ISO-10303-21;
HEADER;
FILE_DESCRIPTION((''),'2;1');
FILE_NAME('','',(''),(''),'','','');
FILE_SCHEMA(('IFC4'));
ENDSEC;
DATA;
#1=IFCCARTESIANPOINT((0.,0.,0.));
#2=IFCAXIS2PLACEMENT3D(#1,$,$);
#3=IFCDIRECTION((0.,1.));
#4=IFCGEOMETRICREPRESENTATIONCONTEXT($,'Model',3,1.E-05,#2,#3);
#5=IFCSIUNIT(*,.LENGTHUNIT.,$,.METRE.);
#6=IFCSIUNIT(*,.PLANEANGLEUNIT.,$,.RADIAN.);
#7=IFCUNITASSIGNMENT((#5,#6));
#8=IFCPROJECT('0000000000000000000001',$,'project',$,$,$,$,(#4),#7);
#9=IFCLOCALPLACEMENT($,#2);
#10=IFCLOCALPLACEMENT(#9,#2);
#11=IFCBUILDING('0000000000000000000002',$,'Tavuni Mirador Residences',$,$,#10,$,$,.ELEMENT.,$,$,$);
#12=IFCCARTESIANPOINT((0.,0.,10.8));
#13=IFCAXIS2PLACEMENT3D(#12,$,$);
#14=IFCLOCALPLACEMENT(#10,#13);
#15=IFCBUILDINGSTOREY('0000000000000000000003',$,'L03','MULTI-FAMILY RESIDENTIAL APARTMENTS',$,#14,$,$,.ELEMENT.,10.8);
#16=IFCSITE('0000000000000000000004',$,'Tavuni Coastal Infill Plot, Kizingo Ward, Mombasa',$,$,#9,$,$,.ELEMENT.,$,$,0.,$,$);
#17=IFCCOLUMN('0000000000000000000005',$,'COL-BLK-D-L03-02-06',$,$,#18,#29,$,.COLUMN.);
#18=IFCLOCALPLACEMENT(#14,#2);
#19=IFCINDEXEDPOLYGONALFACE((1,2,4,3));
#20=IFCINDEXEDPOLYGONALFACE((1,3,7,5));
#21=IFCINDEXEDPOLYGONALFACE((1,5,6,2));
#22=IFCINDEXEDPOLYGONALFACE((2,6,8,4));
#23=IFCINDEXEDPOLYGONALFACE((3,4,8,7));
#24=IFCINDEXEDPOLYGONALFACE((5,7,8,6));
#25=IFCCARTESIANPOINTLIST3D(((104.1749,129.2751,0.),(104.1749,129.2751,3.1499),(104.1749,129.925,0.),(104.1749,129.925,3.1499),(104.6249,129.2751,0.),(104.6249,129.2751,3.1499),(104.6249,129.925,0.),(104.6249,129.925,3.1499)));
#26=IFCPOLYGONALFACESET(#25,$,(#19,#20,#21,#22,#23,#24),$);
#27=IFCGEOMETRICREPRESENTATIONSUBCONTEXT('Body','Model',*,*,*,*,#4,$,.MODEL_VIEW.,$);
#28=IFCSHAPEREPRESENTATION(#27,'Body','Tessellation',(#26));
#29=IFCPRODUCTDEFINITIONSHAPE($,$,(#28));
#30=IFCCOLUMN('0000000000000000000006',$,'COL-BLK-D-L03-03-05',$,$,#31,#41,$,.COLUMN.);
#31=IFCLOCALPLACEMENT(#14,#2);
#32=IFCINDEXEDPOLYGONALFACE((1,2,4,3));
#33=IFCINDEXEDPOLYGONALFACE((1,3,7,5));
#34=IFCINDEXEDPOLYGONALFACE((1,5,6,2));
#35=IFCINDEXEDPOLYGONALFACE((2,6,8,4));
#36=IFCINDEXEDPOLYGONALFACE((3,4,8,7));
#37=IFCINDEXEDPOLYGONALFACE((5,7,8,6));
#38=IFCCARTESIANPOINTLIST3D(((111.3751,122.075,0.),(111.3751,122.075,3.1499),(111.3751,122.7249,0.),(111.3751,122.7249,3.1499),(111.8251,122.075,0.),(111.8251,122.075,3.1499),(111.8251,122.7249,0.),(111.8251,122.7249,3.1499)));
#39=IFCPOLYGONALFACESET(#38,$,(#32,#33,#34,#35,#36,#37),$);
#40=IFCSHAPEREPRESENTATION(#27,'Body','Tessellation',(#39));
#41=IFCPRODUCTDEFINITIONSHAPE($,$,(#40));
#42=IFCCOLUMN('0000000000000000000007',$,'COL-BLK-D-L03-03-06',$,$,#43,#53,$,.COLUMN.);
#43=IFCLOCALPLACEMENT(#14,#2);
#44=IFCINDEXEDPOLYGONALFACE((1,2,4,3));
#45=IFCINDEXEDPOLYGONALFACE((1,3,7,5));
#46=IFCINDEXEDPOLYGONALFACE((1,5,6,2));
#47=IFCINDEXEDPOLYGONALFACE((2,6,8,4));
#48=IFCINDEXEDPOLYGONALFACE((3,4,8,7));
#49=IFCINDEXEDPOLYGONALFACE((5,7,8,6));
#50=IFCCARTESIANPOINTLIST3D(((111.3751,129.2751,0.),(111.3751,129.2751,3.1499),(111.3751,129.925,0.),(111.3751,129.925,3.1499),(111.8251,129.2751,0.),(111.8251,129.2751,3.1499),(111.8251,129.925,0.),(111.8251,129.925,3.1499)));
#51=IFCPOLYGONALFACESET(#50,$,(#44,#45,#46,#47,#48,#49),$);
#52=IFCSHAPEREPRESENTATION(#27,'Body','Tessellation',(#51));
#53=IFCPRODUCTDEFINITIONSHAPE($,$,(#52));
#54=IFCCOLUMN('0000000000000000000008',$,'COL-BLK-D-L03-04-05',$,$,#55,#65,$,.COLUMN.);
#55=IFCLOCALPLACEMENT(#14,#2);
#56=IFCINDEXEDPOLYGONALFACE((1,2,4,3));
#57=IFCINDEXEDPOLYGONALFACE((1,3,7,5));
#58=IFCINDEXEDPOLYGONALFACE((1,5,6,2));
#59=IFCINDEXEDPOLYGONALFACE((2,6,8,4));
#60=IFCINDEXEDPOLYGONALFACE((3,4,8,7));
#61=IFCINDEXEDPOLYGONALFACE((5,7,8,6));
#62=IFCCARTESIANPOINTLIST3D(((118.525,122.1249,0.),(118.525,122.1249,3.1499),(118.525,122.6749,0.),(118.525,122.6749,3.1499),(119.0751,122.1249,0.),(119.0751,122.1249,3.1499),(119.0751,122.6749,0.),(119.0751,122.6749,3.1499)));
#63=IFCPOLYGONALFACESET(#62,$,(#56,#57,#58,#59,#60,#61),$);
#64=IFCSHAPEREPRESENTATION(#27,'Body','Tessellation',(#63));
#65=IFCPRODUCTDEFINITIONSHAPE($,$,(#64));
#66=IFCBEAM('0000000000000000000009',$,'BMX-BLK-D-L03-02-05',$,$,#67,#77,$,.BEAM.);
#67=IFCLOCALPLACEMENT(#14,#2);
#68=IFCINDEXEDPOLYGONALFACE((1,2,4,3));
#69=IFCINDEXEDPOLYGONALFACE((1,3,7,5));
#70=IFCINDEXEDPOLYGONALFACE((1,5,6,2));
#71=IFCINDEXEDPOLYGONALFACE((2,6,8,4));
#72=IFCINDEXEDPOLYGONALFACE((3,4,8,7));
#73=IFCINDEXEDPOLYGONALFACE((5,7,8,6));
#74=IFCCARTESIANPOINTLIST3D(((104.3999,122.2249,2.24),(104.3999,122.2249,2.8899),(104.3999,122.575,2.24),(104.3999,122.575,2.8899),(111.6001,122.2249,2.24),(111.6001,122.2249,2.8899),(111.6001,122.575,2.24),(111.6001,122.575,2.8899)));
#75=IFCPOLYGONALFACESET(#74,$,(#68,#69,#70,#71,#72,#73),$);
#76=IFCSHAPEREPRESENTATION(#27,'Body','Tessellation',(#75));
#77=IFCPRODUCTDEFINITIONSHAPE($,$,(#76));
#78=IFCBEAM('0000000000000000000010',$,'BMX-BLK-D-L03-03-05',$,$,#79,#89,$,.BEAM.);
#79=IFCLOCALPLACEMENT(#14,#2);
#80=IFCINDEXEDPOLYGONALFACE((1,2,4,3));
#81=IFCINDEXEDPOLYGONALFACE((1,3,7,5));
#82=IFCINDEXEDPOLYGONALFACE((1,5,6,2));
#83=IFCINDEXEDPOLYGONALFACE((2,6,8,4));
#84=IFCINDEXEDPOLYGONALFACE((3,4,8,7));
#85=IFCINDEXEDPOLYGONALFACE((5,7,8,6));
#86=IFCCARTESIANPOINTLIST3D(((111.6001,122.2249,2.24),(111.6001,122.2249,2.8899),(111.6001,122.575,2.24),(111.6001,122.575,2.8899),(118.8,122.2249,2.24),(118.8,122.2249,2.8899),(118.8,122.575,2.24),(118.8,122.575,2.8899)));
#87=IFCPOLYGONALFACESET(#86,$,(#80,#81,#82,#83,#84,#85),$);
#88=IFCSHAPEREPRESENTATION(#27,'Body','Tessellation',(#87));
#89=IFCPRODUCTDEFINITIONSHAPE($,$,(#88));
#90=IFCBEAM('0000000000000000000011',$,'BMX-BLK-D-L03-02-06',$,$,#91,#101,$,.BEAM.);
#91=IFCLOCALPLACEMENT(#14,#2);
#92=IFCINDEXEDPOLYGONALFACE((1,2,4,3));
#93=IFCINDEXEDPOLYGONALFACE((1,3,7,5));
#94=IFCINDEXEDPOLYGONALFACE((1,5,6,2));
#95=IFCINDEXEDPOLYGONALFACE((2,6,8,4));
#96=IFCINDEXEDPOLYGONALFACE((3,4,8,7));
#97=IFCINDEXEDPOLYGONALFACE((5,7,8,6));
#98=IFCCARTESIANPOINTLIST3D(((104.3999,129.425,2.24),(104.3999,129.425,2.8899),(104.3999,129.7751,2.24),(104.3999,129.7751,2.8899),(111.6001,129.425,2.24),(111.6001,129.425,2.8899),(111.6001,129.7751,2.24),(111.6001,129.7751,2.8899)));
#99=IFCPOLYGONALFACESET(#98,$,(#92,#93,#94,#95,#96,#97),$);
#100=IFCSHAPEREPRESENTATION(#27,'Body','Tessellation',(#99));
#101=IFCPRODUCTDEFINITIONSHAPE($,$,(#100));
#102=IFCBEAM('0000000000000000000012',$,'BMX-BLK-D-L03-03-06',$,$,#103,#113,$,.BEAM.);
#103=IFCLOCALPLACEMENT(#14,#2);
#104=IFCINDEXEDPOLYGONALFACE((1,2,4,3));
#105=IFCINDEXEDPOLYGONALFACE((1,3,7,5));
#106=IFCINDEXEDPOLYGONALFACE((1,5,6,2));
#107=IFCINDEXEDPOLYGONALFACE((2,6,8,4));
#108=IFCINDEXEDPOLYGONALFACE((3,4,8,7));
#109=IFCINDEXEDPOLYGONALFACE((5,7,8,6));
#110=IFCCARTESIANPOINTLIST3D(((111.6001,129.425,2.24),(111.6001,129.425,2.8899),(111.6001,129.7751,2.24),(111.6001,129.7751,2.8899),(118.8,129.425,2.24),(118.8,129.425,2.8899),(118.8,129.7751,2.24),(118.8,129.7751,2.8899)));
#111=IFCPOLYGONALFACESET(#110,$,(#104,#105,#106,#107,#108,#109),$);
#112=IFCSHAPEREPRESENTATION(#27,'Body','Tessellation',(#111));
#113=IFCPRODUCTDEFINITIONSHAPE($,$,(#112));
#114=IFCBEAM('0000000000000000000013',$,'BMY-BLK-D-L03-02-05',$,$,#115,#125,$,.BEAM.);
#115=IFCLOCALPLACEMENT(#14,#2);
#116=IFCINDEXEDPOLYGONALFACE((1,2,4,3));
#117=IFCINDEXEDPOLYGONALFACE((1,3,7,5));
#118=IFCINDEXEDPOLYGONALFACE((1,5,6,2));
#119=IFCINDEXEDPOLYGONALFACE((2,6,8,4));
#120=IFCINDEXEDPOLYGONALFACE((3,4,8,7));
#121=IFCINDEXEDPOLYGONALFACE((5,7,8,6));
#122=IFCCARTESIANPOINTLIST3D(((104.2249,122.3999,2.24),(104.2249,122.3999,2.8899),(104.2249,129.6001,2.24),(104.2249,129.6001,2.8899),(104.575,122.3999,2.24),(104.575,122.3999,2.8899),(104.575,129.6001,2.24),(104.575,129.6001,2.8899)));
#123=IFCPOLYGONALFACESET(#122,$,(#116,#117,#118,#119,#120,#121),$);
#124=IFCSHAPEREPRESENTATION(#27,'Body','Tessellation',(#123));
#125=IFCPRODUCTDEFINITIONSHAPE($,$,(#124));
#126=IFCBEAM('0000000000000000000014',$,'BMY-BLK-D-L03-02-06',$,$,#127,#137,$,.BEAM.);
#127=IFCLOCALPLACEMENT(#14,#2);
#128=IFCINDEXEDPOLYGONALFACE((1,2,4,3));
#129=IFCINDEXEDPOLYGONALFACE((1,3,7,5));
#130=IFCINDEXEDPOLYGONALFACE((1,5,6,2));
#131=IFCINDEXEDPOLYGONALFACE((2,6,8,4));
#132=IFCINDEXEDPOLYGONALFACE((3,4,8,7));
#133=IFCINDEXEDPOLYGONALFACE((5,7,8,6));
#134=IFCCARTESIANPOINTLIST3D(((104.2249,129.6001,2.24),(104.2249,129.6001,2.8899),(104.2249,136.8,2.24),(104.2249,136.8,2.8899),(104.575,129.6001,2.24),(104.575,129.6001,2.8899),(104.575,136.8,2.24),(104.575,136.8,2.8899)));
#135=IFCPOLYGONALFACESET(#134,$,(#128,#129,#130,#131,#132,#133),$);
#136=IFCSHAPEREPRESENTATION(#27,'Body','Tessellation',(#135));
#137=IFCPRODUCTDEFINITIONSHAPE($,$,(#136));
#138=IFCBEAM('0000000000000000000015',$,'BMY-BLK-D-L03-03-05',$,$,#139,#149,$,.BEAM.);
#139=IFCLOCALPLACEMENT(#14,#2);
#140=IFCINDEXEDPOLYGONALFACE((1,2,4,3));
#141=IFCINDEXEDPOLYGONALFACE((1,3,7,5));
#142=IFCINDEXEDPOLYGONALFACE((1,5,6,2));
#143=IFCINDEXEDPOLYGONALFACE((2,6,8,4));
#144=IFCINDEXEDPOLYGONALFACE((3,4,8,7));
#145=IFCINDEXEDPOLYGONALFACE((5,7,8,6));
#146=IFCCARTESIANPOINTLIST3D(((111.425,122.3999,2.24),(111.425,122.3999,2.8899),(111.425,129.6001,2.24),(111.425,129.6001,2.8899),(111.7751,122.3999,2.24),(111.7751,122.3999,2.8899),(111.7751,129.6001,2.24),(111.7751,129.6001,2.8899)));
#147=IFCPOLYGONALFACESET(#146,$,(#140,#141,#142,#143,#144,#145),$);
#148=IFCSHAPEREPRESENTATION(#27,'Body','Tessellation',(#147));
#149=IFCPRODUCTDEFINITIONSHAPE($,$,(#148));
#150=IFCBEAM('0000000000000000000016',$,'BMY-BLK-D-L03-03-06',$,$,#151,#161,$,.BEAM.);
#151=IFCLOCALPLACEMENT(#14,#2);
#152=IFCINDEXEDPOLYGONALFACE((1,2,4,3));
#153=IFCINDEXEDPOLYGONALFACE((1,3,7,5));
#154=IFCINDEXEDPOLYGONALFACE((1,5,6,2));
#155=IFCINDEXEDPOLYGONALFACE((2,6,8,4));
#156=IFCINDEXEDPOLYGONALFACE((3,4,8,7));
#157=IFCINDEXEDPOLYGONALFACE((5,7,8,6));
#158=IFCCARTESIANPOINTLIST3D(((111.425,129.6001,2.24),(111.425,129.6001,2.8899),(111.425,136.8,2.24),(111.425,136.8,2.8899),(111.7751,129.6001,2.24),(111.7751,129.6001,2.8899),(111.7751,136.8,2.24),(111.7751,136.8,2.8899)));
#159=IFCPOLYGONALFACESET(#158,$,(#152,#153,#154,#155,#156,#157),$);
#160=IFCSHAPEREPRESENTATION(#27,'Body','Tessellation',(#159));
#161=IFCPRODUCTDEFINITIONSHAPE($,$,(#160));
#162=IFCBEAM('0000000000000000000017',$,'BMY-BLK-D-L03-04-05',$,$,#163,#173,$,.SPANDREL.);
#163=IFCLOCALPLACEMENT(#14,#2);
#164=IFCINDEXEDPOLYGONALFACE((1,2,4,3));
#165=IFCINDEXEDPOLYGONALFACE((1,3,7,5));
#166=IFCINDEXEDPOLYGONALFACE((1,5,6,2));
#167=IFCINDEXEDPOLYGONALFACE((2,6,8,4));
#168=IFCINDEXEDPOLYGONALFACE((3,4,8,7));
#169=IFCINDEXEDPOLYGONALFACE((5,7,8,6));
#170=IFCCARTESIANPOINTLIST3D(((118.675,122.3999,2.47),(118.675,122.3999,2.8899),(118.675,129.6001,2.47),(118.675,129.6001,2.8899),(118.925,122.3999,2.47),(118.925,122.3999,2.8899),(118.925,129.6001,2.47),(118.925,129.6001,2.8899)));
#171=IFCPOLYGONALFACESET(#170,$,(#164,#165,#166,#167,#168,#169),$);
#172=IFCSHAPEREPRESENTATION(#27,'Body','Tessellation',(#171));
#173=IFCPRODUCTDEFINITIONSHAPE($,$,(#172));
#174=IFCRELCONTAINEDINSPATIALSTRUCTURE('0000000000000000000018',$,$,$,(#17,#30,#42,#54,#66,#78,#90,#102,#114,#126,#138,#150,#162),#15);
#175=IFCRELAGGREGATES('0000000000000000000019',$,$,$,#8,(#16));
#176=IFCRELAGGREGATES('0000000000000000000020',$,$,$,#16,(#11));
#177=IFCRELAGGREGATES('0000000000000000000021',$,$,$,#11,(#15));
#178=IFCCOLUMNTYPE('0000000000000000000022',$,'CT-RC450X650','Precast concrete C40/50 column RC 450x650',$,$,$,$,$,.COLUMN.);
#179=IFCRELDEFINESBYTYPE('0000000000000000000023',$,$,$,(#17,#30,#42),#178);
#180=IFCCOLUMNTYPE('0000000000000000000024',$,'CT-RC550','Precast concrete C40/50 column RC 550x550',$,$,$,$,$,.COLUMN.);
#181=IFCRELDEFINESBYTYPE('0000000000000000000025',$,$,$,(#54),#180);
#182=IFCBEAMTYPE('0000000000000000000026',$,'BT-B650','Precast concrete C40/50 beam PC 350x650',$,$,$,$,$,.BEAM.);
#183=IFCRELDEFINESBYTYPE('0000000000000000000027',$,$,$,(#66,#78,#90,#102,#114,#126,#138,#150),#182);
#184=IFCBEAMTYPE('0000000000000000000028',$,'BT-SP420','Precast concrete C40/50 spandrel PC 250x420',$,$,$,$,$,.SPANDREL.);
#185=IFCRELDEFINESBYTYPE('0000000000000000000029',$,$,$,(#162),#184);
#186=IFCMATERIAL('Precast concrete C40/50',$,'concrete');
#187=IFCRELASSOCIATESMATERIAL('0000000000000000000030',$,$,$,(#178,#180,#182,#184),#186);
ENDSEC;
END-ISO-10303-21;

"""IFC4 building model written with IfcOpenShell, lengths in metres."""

from ifc_helpers import new_model, si_unit, direction, frame, origin, origin_2d, place, context, subcontext, project, spatial, rectangle, extrude, material, material_profile, profile_set, type_object, element, save


model = new_model("IFC4")

# Units and contexts
model_context = context("Model", 3, precision=1e-05, world=origin(), true_north=direction((0.0, 1.0)))
body_context = subcontext(model_context, "Body", "Model", "MODEL_VIEW")
ifc_project = project(units=[si_unit("LENGTHUNIT", "METRE"), si_unit("PLANEANGLEUNIT", "RADIAN")], contexts=[model_context])

# Site, building, storey
site_placement = place(None, origin())
site = spatial("IfcSite", under=ifc_project, at=site_placement, Name="Tavuni Coastal Infill Plot, Kizingo Ward, Mombasa", CompositionType="ELEMENT", RefElevation=0.0)
building_placement = place(site_placement, origin())
building = spatial("IfcBuilding", under=site, at=building_placement, Name="Tavuni Mirador Residences", CompositionType="ELEMENT")
storey_placement = place(building_placement, frame((0.0, 0.0, 10.8)))
storey = spatial("IfcBuildingStorey", under=building, at=storey_placement, Name="L03", Description="MULTI-FAMILY RESIDENTIAL APARTMENTS", CompositionType="ELEMENT", Elevation=10.8)

# Columns
ifc_material_1 = material(Name="Precast concrete C40/50", Category="concrete")
ifc_material_profile_1 = material_profile(ifc_material_1, rectangle(XDim=0.45, YDim=0.6499, at=origin_2d()), Name="RC 450x650", Category="concrete")
ifc_profile_set_1 = profile_set([ifc_material_profile_1], Name="Precast concrete C40/50")
column_type_1 = type_object("IfcColumnType", Name="CT-RC450X650", Description="Precast concrete C40/50 column RC 450x650", PredefinedType="COLUMN", material=ifc_profile_set_1)
for number, where, z_axis, x_axis, name in (
    (1, (104.3999, 129.6001, 0.0), (0.0, 0.0, 1.0), (1.0, 0.0, 0.0), "COL-BLK-D-L03-02-06"),
    (2, (111.6001, 122.3999, 0.0), (0.0, 0.0, 1.0), (1.0, 0.0, 0.0), "COL-BLK-D-L03-03-05"),
    (3, (111.6001, 129.6001, 0.0), (0.0, 0.0, 1.0), (1.0, 0.0, 0.0), "COL-BLK-D-L03-03-06"),
):
    element("IfcColumn", number, at=place(storey_placement, frame(where, z_axis=z_axis, x_axis=x_axis)), inside=storey, type_object=column_type_1, Name=name, PredefinedType="COLUMN", context=body_context, shape_type="SweptSolid", body=[
        extrude(rectangle(XDim=0.45, YDim=0.6499, at=origin_2d()), origin(), (0.0, 0.0, 1.0), 3.1499),
    ])
ifc_material_profile_2 = material_profile(ifc_material_1, rectangle(XDim=0.55, YDim=0.55, at=origin_2d()), Name="RC 550x550", Category="concrete")
ifc_profile_set_2 = profile_set([ifc_material_profile_2], Name="Precast concrete C40/50")
column_type_2 = type_object("IfcColumnType", Name="CT-RC550", Description="Precast concrete C40/50 column RC 550x550", PredefinedType="COLUMN", material=ifc_profile_set_2)
column_placement = place(storey_placement, frame((118.8, 122.3999, 0.0), z_axis=(0.0, 0.0, 1.0), x_axis=(1.0, 0.0, 0.0)))
element("IfcColumn", 4, at=column_placement, inside=storey, type_object=column_type_2, Name="COL-BLK-D-L03-04-05", PredefinedType="COLUMN", context=body_context, shape_type="SweptSolid", body=[
    extrude(rectangle(XDim=0.55, YDim=0.55, at=origin_2d()), origin(), (0.0, 0.0, 1.0), 3.1499),
])

# Beams
ifc_material_profile_3 = material_profile(ifc_material_1, rectangle(XDim=0.3501, YDim=0.6499, at=origin_2d()), Name="PC 350x650", Category="concrete")
ifc_profile_set_3 = profile_set([ifc_material_profile_3], Name="Precast concrete C40/50")
beam_type_1 = type_object("IfcBeamType", Name="BT-B650", Description="Precast concrete C40/50 beam PC 350x650", PredefinedType="BEAM", material=ifc_profile_set_3)
beam_1_placement = place(storey_placement, frame((104.3999, 122.3999, 2.5649), z_axis=(1.0, 0.0, 0.0), x_axis=(0.0, 1.0, 0.0)))
element("IfcBeam", 5, at=beam_1_placement, inside=storey, type_object=beam_type_1, Name="BMX-BLK-D-L03-02-05", PredefinedType="BEAM", context=body_context, shape_type="SweptSolid", body=[
    extrude(rectangle(XDim=0.3501, YDim=0.6499, at=origin_2d()), origin(), (0.0, 0.0, 1.0), 7.2002),
])
beam_2_placement = place(storey_placement, frame((111.6001, 122.3999, 2.5649), z_axis=(1.0, 0.0, 0.0), x_axis=(0.0, 1.0, 0.0)))
element("IfcBeam", 6, at=beam_2_placement, inside=storey, type_object=beam_type_1, Name="BMX-BLK-D-L03-03-05", PredefinedType="BEAM", context=body_context, shape_type="SweptSolid", body=[
    extrude(rectangle(XDim=0.3501, YDim=0.6499, at=origin_2d()), origin(), (0.0, 0.0, 1.0), 7.2),
])
beam_3_placement = place(storey_placement, frame((104.3999, 129.6001, 2.5649), z_axis=(1.0, 0.0, 0.0), x_axis=(0.0, 1.0, 0.0)))
element("IfcBeam", 7, at=beam_3_placement, inside=storey, type_object=beam_type_1, Name="BMX-BLK-D-L03-02-06", PredefinedType="BEAM", context=body_context, shape_type="SweptSolid", body=[
    extrude(rectangle(XDim=0.3501, YDim=0.6499, at=origin_2d()), origin(), (0.0, 0.0, 1.0), 7.2002),
])
beam_4_placement = place(storey_placement, frame((111.6001, 129.6001, 2.5649), z_axis=(1.0, 0.0, 0.0), x_axis=(0.0, 1.0, 0.0)))
element("IfcBeam", 8, at=beam_4_placement, inside=storey, type_object=beam_type_1, Name="BMX-BLK-D-L03-03-06", PredefinedType="BEAM", context=body_context, shape_type="SweptSolid", body=[
    extrude(rectangle(XDim=0.3501, YDim=0.6499, at=origin_2d()), origin(), (0.0, 0.0, 1.0), 7.2),
])
beam_5_placement = place(storey_placement, frame((104.3999, 122.3999, 2.5649), z_axis=(0.0, 1.0, 0.0), x_axis=(-1.0, 0.0, 0.0)))
element("IfcBeam", 9, at=beam_5_placement, inside=storey, type_object=beam_type_1, Name="BMY-BLK-D-L03-02-05", PredefinedType="BEAM", context=body_context, shape_type="SweptSolid", body=[
    extrude(rectangle(XDim=0.3501, YDim=0.6499, at=origin_2d()), origin(), (0.0, 0.0, 1.0), 7.2002),
])
beam_6_placement = place(storey_placement, frame((104.3999, 129.6001, 2.5649), z_axis=(0.0, 1.0, 0.0), x_axis=(-1.0, 0.0, 0.0)))
element("IfcBeam", 10, at=beam_6_placement, inside=storey, type_object=beam_type_1, Name="BMY-BLK-D-L03-02-06", PredefinedType="BEAM", context=body_context, shape_type="SweptSolid", body=[
    extrude(rectangle(XDim=0.3501, YDim=0.6499, at=origin_2d()), origin(), (0.0, 0.0, 1.0), 7.2),
])
beam_7_placement = place(storey_placement, frame((111.6001, 122.3999, 2.5649), z_axis=(0.0, 1.0, 0.0), x_axis=(-1.0, 0.0, 0.0)))
element("IfcBeam", 11, at=beam_7_placement, inside=storey, type_object=beam_type_1, Name="BMY-BLK-D-L03-03-05", PredefinedType="BEAM", context=body_context, shape_type="SweptSolid", body=[
    extrude(rectangle(XDim=0.3501, YDim=0.6499, at=origin_2d()), origin(), (0.0, 0.0, 1.0), 7.2002),
])
beam_8_placement = place(storey_placement, frame((111.6001, 129.6001, 2.5649), z_axis=(0.0, 1.0, 0.0), x_axis=(-1.0, 0.0, 0.0)))
element("IfcBeam", 12, at=beam_8_placement, inside=storey, type_object=beam_type_1, Name="BMY-BLK-D-L03-03-06", PredefinedType="BEAM", context=body_context, shape_type="SweptSolid", body=[
    extrude(rectangle(XDim=0.3501, YDim=0.6499, at=origin_2d()), origin(), (0.0, 0.0, 1.0), 7.2),
])
ifc_material_profile_4 = material_profile(ifc_material_1, rectangle(XDim=0.25, YDim=0.4199, at=origin_2d()), Name="PC 250x420", Category="concrete")
ifc_profile_set_4 = profile_set([ifc_material_profile_4], Name="Precast concrete C40/50")
beam_type_2 = type_object("IfcBeamType", Name="BT-SP420", Description="Precast concrete C40/50 spandrel PC 250x420", PredefinedType="SPANDREL", material=ifc_profile_set_4)
beam_9_placement = place(storey_placement, frame((118.8, 122.3999, 2.6799), z_axis=(0.0, 1.0, 0.0), x_axis=(-1.0, 0.0, 0.0)))
element("IfcBeam", 13, at=beam_9_placement, inside=storey, type_object=beam_type_2, Name="BMY-BLK-D-L03-04-05", PredefinedType="SPANDREL", context=body_context, shape_type="SweptSolid", body=[
    extrude(rectangle(XDim=0.25, YDim=0.4199, at=origin_2d()), origin(), (0.0, 0.0, 1.0), 7.2002),
])

save(model, "model.ifc")
